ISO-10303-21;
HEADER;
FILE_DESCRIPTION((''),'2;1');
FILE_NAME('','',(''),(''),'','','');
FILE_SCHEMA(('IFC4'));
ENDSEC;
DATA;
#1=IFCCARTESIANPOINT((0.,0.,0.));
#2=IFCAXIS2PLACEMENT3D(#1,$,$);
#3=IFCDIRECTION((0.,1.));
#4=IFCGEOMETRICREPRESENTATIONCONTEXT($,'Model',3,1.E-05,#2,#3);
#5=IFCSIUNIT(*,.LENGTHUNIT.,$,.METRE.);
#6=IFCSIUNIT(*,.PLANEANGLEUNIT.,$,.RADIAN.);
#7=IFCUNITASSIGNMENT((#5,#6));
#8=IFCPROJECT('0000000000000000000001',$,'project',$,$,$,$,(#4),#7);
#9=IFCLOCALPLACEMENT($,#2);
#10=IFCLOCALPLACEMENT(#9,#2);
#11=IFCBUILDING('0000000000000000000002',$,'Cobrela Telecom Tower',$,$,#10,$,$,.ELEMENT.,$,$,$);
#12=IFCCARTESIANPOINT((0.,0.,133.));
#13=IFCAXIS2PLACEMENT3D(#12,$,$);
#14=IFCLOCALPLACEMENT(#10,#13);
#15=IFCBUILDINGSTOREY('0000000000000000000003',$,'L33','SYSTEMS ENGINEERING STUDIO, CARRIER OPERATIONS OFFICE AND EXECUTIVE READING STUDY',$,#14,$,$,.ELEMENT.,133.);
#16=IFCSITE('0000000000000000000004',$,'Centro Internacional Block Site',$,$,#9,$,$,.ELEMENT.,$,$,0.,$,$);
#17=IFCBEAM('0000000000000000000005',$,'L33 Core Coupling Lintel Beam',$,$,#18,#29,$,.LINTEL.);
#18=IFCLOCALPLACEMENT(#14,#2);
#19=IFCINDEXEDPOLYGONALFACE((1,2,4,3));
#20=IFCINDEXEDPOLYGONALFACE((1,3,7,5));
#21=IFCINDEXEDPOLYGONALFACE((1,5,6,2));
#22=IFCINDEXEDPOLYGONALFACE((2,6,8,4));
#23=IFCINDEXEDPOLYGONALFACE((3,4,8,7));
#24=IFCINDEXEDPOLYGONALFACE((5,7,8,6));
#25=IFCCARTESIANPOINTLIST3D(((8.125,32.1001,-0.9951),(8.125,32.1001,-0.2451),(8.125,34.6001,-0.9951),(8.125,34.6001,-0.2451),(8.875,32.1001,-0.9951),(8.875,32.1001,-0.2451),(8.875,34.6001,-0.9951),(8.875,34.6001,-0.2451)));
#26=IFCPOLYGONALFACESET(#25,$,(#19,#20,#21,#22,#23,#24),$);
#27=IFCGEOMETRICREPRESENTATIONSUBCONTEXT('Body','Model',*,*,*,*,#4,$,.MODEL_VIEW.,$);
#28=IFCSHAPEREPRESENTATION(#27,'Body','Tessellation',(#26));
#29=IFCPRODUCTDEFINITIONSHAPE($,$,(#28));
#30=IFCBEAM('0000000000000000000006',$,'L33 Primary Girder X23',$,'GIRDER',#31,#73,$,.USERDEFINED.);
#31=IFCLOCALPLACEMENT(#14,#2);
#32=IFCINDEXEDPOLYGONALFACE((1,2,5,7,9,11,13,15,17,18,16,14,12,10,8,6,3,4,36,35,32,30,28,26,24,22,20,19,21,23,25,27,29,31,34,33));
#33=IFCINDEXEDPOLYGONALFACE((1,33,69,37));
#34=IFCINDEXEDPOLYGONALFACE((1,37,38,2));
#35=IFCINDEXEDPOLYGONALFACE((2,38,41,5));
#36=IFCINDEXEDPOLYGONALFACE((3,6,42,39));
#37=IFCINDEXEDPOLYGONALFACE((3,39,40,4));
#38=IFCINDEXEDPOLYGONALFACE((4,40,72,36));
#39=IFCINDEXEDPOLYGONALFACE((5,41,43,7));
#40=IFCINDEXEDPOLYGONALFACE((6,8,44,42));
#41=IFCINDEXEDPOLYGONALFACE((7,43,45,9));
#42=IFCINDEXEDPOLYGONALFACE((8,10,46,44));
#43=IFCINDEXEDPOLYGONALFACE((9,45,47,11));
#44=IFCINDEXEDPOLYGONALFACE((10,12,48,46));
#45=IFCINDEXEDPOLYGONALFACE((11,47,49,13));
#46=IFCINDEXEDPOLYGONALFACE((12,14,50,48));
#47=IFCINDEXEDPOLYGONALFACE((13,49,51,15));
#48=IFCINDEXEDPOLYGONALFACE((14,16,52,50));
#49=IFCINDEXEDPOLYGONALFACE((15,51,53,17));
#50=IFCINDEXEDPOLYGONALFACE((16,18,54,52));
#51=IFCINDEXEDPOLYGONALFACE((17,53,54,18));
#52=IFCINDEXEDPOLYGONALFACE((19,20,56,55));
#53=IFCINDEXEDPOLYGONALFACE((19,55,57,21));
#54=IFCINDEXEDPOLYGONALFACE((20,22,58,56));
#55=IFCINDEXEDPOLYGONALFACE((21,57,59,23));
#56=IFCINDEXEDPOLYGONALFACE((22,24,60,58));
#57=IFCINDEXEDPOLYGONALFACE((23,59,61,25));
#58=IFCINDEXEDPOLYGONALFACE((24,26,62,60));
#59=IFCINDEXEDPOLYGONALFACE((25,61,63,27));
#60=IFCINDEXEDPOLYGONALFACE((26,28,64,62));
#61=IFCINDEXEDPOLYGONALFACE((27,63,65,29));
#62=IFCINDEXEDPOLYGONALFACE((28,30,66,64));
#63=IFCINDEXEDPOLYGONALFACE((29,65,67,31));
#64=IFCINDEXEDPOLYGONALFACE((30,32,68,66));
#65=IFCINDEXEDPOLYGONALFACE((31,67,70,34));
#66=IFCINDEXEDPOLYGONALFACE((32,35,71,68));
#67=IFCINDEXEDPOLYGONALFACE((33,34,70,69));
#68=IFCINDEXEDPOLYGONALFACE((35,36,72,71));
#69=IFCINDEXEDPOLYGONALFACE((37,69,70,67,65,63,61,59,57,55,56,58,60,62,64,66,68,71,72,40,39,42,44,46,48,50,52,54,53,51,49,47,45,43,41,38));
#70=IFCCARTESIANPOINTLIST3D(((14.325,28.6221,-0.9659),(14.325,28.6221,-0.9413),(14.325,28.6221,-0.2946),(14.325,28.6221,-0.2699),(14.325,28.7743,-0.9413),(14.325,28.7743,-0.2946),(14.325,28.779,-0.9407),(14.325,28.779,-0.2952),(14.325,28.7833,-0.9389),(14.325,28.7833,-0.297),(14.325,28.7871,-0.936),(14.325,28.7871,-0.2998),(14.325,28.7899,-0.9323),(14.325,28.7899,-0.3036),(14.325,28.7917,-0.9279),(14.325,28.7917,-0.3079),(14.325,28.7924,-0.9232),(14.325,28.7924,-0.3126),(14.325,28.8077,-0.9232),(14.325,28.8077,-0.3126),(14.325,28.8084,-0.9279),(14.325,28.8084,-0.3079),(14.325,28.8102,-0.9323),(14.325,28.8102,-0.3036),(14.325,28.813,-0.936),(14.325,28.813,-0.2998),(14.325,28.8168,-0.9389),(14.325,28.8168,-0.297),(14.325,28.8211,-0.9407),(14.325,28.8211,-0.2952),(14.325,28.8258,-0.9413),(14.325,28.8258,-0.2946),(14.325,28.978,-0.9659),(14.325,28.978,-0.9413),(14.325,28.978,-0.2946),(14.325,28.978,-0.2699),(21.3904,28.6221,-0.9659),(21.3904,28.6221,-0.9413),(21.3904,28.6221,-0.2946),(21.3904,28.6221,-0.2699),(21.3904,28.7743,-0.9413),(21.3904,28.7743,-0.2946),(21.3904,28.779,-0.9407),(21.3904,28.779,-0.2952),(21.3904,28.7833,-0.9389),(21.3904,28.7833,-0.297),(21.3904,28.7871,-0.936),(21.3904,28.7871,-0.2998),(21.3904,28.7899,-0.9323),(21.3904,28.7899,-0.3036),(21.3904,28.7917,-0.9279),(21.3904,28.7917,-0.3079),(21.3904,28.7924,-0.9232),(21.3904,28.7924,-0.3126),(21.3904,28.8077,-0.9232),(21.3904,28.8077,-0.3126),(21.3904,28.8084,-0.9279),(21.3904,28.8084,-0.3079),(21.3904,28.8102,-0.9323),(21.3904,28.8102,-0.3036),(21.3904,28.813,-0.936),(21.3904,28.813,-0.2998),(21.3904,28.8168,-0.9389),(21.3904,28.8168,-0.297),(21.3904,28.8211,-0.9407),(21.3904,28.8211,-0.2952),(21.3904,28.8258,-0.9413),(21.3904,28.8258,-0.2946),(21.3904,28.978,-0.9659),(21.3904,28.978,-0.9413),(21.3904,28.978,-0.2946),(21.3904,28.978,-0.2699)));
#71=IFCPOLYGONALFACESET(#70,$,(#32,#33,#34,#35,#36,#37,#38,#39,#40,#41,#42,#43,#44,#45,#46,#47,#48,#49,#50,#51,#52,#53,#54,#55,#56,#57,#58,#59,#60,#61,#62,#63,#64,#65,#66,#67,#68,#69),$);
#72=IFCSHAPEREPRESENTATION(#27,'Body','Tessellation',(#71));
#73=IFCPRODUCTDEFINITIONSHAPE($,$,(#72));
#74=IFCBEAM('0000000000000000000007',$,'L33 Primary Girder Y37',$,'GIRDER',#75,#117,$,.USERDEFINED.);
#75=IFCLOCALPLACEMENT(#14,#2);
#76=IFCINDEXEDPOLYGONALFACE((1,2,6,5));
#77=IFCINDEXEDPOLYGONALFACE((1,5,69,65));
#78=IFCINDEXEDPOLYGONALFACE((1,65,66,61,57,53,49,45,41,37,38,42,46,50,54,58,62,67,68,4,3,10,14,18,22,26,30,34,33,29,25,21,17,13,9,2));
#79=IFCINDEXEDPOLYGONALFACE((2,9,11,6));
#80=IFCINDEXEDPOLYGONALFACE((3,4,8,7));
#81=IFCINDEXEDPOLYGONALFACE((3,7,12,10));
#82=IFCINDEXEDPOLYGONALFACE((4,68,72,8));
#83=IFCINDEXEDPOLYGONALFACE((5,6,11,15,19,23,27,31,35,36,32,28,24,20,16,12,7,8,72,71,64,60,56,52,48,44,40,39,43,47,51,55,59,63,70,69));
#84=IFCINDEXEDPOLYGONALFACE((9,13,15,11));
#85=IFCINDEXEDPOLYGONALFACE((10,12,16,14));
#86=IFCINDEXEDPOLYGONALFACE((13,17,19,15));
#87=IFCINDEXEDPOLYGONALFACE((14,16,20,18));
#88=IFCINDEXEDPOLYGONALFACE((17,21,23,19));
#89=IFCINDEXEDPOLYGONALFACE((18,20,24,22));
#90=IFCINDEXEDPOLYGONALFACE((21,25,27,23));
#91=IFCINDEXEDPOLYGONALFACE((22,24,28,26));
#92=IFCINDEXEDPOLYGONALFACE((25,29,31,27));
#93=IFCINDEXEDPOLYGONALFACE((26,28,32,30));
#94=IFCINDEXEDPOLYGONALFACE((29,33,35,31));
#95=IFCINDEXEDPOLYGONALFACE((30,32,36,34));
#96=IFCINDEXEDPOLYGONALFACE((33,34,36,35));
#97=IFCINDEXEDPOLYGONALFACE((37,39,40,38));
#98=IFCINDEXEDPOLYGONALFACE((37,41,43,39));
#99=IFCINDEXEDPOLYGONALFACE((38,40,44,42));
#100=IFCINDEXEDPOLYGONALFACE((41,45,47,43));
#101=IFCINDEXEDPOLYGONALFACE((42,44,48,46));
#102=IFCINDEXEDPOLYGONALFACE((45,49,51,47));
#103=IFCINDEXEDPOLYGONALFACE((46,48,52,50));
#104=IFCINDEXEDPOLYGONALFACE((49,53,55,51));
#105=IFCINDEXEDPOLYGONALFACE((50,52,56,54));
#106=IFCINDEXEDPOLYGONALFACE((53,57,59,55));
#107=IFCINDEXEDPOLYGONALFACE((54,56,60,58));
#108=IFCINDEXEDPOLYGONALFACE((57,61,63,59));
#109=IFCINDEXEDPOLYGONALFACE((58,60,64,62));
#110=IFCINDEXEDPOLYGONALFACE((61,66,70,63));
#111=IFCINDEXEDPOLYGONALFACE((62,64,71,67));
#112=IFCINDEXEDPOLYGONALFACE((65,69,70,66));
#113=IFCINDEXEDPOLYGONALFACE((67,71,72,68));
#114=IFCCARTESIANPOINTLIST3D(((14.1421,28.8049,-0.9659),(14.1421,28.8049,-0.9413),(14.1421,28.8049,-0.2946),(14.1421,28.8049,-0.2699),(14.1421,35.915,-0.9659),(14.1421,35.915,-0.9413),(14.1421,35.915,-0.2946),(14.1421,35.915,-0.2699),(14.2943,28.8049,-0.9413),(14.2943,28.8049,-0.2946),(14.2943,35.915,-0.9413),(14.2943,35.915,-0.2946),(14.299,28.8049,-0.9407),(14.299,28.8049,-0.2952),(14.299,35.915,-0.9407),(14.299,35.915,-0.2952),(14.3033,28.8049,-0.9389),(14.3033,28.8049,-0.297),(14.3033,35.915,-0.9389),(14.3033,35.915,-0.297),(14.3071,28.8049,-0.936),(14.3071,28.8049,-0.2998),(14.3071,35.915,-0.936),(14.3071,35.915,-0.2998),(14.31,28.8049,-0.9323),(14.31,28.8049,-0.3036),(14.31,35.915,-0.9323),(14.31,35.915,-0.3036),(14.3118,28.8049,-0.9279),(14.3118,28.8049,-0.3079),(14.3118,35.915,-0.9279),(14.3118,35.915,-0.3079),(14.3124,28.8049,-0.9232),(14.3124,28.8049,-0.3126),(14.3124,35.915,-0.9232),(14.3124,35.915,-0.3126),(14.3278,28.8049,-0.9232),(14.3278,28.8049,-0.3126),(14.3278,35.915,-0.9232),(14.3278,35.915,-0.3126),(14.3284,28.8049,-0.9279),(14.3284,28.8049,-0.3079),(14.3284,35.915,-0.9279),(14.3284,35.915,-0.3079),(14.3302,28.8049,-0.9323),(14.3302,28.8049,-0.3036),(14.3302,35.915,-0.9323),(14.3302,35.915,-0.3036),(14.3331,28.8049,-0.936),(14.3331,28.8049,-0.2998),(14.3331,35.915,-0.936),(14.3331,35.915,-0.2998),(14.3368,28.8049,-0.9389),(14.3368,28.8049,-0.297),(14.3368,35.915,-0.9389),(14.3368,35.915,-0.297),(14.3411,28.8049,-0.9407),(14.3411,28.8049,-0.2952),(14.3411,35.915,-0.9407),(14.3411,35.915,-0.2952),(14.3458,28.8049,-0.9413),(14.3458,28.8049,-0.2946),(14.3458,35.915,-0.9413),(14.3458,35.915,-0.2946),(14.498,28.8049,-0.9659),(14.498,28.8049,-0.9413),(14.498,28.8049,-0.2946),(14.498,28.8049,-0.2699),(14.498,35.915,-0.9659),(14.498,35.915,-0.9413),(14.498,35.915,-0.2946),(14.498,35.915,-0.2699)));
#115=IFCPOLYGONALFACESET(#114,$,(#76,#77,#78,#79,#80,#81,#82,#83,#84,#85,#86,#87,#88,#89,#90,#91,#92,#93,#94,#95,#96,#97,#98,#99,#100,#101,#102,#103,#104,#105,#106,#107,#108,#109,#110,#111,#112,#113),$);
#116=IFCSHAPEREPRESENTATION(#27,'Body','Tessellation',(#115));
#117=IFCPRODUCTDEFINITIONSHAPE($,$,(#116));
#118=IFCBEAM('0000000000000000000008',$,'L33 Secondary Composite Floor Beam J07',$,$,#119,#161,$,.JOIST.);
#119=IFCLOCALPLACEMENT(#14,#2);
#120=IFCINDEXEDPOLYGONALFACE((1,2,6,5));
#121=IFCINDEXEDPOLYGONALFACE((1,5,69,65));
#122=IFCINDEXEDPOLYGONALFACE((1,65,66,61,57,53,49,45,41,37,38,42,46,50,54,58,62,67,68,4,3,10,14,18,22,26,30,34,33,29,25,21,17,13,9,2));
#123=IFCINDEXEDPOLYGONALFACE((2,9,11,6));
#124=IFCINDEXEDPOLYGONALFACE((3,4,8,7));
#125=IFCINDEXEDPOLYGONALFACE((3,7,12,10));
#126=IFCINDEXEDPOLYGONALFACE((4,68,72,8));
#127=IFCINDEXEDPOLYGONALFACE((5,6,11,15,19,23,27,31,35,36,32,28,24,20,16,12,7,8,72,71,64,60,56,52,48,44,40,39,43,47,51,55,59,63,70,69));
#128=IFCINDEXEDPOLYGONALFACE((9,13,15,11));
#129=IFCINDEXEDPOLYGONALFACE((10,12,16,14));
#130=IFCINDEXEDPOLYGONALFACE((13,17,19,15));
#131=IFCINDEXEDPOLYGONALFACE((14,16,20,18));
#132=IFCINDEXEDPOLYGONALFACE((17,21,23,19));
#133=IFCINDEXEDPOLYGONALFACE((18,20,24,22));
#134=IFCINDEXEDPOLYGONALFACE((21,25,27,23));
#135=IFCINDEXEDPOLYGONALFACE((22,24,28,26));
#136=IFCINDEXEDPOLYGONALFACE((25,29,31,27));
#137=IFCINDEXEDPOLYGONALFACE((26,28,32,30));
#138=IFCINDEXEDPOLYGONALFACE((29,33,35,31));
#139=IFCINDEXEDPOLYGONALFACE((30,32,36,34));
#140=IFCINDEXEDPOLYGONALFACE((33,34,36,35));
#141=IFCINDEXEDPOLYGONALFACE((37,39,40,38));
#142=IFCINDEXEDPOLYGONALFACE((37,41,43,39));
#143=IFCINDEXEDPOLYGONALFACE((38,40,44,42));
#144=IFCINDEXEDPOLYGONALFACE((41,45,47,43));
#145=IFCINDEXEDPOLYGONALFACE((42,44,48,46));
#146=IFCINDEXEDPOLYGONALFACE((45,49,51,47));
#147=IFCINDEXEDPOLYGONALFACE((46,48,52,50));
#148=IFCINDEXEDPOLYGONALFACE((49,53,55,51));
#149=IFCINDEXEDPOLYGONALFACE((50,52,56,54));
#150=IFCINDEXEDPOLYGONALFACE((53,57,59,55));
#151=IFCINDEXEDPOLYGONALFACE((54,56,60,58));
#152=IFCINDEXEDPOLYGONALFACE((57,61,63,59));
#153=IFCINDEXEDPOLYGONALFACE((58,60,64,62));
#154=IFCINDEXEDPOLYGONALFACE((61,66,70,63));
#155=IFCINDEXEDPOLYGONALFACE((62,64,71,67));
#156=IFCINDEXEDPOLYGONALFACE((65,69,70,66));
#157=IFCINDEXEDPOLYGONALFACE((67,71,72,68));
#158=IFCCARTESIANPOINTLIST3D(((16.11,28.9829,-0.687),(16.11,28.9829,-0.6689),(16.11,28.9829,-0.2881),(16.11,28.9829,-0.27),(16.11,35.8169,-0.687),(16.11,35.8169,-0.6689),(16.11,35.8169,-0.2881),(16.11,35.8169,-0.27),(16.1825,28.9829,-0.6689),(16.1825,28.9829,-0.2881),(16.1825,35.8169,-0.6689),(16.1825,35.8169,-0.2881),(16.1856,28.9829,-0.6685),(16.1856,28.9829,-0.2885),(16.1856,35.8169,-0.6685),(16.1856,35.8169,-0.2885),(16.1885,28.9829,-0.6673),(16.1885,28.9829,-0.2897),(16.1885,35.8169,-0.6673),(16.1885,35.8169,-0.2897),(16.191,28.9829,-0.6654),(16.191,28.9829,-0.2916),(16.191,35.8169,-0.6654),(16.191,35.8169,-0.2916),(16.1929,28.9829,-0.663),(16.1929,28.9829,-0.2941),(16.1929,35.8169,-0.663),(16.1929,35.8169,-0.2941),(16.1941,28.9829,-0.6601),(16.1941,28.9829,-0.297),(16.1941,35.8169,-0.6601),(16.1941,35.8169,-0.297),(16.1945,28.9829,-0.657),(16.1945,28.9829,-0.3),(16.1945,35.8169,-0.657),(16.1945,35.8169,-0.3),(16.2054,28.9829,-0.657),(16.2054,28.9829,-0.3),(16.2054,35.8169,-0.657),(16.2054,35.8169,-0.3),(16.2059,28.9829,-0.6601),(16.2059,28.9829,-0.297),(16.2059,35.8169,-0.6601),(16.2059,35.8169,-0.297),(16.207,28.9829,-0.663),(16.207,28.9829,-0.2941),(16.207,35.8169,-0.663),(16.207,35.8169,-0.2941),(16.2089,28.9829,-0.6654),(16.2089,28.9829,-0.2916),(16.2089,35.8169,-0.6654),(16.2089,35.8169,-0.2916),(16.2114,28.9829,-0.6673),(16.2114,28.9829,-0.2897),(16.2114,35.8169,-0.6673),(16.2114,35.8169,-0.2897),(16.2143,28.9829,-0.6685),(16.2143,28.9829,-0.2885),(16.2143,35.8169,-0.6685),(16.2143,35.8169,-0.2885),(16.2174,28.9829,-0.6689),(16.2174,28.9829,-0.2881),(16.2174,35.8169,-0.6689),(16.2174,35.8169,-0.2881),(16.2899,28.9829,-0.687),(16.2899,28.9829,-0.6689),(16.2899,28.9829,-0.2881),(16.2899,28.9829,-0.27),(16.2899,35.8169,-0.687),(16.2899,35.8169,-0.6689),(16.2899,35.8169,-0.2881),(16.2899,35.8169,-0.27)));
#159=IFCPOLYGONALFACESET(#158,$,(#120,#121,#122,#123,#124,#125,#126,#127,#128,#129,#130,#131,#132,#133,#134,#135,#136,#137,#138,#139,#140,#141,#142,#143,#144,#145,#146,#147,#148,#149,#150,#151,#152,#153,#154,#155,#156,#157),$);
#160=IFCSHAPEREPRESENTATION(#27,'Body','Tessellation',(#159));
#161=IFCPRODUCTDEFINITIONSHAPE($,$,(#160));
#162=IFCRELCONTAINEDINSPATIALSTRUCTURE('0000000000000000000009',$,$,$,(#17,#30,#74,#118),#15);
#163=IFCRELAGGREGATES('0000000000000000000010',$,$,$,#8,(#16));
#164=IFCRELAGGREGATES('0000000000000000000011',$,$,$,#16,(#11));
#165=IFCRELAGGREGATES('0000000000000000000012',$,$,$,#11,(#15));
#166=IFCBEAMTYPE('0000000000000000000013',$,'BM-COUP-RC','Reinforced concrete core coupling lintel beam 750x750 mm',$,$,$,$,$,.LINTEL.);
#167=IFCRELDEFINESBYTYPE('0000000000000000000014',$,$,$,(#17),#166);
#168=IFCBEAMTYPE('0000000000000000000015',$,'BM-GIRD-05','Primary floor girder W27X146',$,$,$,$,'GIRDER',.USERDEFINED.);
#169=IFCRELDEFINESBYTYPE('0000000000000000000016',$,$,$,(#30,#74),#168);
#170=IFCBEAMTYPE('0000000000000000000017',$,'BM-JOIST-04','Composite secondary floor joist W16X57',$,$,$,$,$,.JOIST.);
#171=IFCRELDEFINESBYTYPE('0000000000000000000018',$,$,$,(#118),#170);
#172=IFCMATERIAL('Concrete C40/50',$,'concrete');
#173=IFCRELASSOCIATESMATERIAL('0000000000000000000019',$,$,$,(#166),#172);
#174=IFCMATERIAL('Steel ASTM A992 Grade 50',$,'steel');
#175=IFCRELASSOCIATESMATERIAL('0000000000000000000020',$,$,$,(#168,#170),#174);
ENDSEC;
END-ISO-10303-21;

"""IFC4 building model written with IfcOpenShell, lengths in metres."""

from ifc_helpers import new_model, si_unit, direction, frame, origin, origin_2d, place, context, subcontext, project, spatial, rectangle, i_section, extrude, material, material_profile, profile_set, type_object, element, save


model = new_model("IFC4")

# Units and contexts
model_context = context("Model", 3, precision=1e-05, world=origin(), true_north=direction((0.0, 1.0)))
body_context = subcontext(model_context, "Body", "Model", "MODEL_VIEW")
ifc_project = project(units=[si_unit("LENGTHUNIT", "METRE"), si_unit("PLANEANGLEUNIT", "RADIAN")], contexts=[model_context])

# Site, building, storey
site_placement = place(None, origin())
site = spatial("IfcSite", under=ifc_project, at=site_placement, Name="Centro Internacional Block Site", CompositionType="ELEMENT", RefElevation=0.0)
building_placement = place(site_placement, origin())
building = spatial("IfcBuilding", under=site, at=building_placement, Name="Cobrela Telecom Tower", CompositionType="ELEMENT")
storey_placement = place(building_placement, frame((0.0, 0.0, 133.0)))
storey = spatial("IfcBuildingStorey", under=building, at=storey_placement, Name="L33", Description="SYSTEMS ENGINEERING STUDIO, CARRIER OPERATIONS OFFICE AND EXECUTIVE READING STUDY", CompositionType="ELEMENT", Elevation=133.0)

# Beams
ifc_material_1 = material(Name="Concrete C40/50", Category="concrete")
ifc_material_profile_1 = material_profile(ifc_material_1, rectangle(XDim=0.75, YDim=0.75, at=origin_2d()), Name="RC 750x750")
ifc_profile_set_1 = profile_set([ifc_material_profile_1], Name="Concrete C40/50")
beam_type_1 = type_object("IfcBeamType", Name="BM-COUP-RC", Description="Reinforced concrete core coupling lintel beam 750x750 mm", PredefinedType="LINTEL", material=ifc_profile_set_1)
beam_1_placement = place(storey_placement, frame((8.5, 32.1001, -0.6201), z_axis=(0.0, 1.0, 0.0), x_axis=(-1.0, 0.0, 0.0)))
element("IfcBeam", 1, at=beam_1_placement, inside=storey, type_object=beam_type_1, Name="L33 Core Coupling Lintel Beam", PredefinedType="LINTEL", context=body_context, shape_type="SweptSolid", body=[
    extrude(rectangle(XDim=0.75, YDim=0.75, at=origin_2d()), origin(), (0.0, 0.0, 1.0), 2.5),
])
ifc_material_2 = material(Name="Steel ASTM A992 Grade 50", Category="steel")
ifc_material_profile_2 = material_profile(ifc_material_2, i_section(OverallWidth=0.356, OverallDepth=0.696, WebThickness=0.0154, FlangeThickness=0.0247, FilletRadius=0.0181, at=origin_2d()), Name="W27X146")
ifc_profile_set_2 = profile_set([ifc_material_profile_2], Name="Steel ASTM A992 Grade 50")
beam_type_2 = type_object("IfcBeamType", Name="BM-GIRD-05", Description="Primary floor girder W27X146", ElementType="GIRDER", PredefinedType="USERDEFINED", material=ifc_profile_set_2)
beam_2_placement = place(storey_placement, frame((14.325, 28.8, -0.6179), z_axis=(1.0, 0.0, 0.0), x_axis=(0.0, 1.0, 0.0)))
element("IfcBeam", 2, at=beam_2_placement, inside=storey, type_object=beam_type_2, Name="L33 Primary Girder X23", ObjectType="GIRDER", PredefinedType="USERDEFINED", context=body_context, shape_type="SweptSolid", body=[
    extrude(i_section(OverallWidth=0.356, OverallDepth=0.696, WebThickness=0.0154, FlangeThickness=0.0247, FilletRadius=0.0181, at=origin_2d()), origin(), (0.0, 0.0, 1.0), 7.0654),
])
beam_3_placement = place(storey_placement, frame((14.3201, 28.8049, -0.6179), z_axis=(0.0, 1.0, 0.0), x_axis=(-1.0, 0.0, 0.0)))
element("IfcBeam", 3, at=beam_3_placement, inside=storey, type_object=beam_type_2, Name="L33 Primary Girder Y37", ObjectType="GIRDER", PredefinedType="USERDEFINED", context=body_context, shape_type="SweptSolid", body=[
    extrude(i_section(OverallWidth=0.356, OverallDepth=0.696, WebThickness=0.0154, FlangeThickness=0.0247, FilletRadius=0.0181, at=origin_2d()), origin(), (0.0, 0.0, 1.0), 7.1101),
])
ifc_material_profile_3 = material_profile(ifc_material_2, i_section(OverallWidth=0.1799, OverallDepth=0.417, WebThickness=0.011, FlangeThickness=0.0181, FilletRadius=0.012, at=origin_2d()), Name="W16X57")
ifc_profile_set_3 = profile_set([ifc_material_profile_3], Name="Steel ASTM A992 Grade 50")
beam_type_3 = type_object("IfcBeamType", Name="BM-JOIST-04", Description="Composite secondary floor joist W16X57", PredefinedType="JOIST", material=ifc_profile_set_3)
beam_4_placement = place(storey_placement, frame((16.2, 28.9829, -0.4785), z_axis=(0.0, 1.0, 0.0), x_axis=(-1.0, 0.0, 0.0)))
element("IfcBeam", 4, at=beam_4_placement, inside=storey, type_object=beam_type_3, Name="L33 Secondary Composite Floor Beam J07", PredefinedType="JOIST", context=body_context, shape_type="SweptSolid", body=[
    extrude(i_section(OverallWidth=0.1799, OverallDepth=0.417, WebThickness=0.011, FlangeThickness=0.0181, FilletRadius=0.012, at=origin_2d()), origin(), (0.0, 0.0, 1.0), 6.834),
])

save(model, "model.ifc")
